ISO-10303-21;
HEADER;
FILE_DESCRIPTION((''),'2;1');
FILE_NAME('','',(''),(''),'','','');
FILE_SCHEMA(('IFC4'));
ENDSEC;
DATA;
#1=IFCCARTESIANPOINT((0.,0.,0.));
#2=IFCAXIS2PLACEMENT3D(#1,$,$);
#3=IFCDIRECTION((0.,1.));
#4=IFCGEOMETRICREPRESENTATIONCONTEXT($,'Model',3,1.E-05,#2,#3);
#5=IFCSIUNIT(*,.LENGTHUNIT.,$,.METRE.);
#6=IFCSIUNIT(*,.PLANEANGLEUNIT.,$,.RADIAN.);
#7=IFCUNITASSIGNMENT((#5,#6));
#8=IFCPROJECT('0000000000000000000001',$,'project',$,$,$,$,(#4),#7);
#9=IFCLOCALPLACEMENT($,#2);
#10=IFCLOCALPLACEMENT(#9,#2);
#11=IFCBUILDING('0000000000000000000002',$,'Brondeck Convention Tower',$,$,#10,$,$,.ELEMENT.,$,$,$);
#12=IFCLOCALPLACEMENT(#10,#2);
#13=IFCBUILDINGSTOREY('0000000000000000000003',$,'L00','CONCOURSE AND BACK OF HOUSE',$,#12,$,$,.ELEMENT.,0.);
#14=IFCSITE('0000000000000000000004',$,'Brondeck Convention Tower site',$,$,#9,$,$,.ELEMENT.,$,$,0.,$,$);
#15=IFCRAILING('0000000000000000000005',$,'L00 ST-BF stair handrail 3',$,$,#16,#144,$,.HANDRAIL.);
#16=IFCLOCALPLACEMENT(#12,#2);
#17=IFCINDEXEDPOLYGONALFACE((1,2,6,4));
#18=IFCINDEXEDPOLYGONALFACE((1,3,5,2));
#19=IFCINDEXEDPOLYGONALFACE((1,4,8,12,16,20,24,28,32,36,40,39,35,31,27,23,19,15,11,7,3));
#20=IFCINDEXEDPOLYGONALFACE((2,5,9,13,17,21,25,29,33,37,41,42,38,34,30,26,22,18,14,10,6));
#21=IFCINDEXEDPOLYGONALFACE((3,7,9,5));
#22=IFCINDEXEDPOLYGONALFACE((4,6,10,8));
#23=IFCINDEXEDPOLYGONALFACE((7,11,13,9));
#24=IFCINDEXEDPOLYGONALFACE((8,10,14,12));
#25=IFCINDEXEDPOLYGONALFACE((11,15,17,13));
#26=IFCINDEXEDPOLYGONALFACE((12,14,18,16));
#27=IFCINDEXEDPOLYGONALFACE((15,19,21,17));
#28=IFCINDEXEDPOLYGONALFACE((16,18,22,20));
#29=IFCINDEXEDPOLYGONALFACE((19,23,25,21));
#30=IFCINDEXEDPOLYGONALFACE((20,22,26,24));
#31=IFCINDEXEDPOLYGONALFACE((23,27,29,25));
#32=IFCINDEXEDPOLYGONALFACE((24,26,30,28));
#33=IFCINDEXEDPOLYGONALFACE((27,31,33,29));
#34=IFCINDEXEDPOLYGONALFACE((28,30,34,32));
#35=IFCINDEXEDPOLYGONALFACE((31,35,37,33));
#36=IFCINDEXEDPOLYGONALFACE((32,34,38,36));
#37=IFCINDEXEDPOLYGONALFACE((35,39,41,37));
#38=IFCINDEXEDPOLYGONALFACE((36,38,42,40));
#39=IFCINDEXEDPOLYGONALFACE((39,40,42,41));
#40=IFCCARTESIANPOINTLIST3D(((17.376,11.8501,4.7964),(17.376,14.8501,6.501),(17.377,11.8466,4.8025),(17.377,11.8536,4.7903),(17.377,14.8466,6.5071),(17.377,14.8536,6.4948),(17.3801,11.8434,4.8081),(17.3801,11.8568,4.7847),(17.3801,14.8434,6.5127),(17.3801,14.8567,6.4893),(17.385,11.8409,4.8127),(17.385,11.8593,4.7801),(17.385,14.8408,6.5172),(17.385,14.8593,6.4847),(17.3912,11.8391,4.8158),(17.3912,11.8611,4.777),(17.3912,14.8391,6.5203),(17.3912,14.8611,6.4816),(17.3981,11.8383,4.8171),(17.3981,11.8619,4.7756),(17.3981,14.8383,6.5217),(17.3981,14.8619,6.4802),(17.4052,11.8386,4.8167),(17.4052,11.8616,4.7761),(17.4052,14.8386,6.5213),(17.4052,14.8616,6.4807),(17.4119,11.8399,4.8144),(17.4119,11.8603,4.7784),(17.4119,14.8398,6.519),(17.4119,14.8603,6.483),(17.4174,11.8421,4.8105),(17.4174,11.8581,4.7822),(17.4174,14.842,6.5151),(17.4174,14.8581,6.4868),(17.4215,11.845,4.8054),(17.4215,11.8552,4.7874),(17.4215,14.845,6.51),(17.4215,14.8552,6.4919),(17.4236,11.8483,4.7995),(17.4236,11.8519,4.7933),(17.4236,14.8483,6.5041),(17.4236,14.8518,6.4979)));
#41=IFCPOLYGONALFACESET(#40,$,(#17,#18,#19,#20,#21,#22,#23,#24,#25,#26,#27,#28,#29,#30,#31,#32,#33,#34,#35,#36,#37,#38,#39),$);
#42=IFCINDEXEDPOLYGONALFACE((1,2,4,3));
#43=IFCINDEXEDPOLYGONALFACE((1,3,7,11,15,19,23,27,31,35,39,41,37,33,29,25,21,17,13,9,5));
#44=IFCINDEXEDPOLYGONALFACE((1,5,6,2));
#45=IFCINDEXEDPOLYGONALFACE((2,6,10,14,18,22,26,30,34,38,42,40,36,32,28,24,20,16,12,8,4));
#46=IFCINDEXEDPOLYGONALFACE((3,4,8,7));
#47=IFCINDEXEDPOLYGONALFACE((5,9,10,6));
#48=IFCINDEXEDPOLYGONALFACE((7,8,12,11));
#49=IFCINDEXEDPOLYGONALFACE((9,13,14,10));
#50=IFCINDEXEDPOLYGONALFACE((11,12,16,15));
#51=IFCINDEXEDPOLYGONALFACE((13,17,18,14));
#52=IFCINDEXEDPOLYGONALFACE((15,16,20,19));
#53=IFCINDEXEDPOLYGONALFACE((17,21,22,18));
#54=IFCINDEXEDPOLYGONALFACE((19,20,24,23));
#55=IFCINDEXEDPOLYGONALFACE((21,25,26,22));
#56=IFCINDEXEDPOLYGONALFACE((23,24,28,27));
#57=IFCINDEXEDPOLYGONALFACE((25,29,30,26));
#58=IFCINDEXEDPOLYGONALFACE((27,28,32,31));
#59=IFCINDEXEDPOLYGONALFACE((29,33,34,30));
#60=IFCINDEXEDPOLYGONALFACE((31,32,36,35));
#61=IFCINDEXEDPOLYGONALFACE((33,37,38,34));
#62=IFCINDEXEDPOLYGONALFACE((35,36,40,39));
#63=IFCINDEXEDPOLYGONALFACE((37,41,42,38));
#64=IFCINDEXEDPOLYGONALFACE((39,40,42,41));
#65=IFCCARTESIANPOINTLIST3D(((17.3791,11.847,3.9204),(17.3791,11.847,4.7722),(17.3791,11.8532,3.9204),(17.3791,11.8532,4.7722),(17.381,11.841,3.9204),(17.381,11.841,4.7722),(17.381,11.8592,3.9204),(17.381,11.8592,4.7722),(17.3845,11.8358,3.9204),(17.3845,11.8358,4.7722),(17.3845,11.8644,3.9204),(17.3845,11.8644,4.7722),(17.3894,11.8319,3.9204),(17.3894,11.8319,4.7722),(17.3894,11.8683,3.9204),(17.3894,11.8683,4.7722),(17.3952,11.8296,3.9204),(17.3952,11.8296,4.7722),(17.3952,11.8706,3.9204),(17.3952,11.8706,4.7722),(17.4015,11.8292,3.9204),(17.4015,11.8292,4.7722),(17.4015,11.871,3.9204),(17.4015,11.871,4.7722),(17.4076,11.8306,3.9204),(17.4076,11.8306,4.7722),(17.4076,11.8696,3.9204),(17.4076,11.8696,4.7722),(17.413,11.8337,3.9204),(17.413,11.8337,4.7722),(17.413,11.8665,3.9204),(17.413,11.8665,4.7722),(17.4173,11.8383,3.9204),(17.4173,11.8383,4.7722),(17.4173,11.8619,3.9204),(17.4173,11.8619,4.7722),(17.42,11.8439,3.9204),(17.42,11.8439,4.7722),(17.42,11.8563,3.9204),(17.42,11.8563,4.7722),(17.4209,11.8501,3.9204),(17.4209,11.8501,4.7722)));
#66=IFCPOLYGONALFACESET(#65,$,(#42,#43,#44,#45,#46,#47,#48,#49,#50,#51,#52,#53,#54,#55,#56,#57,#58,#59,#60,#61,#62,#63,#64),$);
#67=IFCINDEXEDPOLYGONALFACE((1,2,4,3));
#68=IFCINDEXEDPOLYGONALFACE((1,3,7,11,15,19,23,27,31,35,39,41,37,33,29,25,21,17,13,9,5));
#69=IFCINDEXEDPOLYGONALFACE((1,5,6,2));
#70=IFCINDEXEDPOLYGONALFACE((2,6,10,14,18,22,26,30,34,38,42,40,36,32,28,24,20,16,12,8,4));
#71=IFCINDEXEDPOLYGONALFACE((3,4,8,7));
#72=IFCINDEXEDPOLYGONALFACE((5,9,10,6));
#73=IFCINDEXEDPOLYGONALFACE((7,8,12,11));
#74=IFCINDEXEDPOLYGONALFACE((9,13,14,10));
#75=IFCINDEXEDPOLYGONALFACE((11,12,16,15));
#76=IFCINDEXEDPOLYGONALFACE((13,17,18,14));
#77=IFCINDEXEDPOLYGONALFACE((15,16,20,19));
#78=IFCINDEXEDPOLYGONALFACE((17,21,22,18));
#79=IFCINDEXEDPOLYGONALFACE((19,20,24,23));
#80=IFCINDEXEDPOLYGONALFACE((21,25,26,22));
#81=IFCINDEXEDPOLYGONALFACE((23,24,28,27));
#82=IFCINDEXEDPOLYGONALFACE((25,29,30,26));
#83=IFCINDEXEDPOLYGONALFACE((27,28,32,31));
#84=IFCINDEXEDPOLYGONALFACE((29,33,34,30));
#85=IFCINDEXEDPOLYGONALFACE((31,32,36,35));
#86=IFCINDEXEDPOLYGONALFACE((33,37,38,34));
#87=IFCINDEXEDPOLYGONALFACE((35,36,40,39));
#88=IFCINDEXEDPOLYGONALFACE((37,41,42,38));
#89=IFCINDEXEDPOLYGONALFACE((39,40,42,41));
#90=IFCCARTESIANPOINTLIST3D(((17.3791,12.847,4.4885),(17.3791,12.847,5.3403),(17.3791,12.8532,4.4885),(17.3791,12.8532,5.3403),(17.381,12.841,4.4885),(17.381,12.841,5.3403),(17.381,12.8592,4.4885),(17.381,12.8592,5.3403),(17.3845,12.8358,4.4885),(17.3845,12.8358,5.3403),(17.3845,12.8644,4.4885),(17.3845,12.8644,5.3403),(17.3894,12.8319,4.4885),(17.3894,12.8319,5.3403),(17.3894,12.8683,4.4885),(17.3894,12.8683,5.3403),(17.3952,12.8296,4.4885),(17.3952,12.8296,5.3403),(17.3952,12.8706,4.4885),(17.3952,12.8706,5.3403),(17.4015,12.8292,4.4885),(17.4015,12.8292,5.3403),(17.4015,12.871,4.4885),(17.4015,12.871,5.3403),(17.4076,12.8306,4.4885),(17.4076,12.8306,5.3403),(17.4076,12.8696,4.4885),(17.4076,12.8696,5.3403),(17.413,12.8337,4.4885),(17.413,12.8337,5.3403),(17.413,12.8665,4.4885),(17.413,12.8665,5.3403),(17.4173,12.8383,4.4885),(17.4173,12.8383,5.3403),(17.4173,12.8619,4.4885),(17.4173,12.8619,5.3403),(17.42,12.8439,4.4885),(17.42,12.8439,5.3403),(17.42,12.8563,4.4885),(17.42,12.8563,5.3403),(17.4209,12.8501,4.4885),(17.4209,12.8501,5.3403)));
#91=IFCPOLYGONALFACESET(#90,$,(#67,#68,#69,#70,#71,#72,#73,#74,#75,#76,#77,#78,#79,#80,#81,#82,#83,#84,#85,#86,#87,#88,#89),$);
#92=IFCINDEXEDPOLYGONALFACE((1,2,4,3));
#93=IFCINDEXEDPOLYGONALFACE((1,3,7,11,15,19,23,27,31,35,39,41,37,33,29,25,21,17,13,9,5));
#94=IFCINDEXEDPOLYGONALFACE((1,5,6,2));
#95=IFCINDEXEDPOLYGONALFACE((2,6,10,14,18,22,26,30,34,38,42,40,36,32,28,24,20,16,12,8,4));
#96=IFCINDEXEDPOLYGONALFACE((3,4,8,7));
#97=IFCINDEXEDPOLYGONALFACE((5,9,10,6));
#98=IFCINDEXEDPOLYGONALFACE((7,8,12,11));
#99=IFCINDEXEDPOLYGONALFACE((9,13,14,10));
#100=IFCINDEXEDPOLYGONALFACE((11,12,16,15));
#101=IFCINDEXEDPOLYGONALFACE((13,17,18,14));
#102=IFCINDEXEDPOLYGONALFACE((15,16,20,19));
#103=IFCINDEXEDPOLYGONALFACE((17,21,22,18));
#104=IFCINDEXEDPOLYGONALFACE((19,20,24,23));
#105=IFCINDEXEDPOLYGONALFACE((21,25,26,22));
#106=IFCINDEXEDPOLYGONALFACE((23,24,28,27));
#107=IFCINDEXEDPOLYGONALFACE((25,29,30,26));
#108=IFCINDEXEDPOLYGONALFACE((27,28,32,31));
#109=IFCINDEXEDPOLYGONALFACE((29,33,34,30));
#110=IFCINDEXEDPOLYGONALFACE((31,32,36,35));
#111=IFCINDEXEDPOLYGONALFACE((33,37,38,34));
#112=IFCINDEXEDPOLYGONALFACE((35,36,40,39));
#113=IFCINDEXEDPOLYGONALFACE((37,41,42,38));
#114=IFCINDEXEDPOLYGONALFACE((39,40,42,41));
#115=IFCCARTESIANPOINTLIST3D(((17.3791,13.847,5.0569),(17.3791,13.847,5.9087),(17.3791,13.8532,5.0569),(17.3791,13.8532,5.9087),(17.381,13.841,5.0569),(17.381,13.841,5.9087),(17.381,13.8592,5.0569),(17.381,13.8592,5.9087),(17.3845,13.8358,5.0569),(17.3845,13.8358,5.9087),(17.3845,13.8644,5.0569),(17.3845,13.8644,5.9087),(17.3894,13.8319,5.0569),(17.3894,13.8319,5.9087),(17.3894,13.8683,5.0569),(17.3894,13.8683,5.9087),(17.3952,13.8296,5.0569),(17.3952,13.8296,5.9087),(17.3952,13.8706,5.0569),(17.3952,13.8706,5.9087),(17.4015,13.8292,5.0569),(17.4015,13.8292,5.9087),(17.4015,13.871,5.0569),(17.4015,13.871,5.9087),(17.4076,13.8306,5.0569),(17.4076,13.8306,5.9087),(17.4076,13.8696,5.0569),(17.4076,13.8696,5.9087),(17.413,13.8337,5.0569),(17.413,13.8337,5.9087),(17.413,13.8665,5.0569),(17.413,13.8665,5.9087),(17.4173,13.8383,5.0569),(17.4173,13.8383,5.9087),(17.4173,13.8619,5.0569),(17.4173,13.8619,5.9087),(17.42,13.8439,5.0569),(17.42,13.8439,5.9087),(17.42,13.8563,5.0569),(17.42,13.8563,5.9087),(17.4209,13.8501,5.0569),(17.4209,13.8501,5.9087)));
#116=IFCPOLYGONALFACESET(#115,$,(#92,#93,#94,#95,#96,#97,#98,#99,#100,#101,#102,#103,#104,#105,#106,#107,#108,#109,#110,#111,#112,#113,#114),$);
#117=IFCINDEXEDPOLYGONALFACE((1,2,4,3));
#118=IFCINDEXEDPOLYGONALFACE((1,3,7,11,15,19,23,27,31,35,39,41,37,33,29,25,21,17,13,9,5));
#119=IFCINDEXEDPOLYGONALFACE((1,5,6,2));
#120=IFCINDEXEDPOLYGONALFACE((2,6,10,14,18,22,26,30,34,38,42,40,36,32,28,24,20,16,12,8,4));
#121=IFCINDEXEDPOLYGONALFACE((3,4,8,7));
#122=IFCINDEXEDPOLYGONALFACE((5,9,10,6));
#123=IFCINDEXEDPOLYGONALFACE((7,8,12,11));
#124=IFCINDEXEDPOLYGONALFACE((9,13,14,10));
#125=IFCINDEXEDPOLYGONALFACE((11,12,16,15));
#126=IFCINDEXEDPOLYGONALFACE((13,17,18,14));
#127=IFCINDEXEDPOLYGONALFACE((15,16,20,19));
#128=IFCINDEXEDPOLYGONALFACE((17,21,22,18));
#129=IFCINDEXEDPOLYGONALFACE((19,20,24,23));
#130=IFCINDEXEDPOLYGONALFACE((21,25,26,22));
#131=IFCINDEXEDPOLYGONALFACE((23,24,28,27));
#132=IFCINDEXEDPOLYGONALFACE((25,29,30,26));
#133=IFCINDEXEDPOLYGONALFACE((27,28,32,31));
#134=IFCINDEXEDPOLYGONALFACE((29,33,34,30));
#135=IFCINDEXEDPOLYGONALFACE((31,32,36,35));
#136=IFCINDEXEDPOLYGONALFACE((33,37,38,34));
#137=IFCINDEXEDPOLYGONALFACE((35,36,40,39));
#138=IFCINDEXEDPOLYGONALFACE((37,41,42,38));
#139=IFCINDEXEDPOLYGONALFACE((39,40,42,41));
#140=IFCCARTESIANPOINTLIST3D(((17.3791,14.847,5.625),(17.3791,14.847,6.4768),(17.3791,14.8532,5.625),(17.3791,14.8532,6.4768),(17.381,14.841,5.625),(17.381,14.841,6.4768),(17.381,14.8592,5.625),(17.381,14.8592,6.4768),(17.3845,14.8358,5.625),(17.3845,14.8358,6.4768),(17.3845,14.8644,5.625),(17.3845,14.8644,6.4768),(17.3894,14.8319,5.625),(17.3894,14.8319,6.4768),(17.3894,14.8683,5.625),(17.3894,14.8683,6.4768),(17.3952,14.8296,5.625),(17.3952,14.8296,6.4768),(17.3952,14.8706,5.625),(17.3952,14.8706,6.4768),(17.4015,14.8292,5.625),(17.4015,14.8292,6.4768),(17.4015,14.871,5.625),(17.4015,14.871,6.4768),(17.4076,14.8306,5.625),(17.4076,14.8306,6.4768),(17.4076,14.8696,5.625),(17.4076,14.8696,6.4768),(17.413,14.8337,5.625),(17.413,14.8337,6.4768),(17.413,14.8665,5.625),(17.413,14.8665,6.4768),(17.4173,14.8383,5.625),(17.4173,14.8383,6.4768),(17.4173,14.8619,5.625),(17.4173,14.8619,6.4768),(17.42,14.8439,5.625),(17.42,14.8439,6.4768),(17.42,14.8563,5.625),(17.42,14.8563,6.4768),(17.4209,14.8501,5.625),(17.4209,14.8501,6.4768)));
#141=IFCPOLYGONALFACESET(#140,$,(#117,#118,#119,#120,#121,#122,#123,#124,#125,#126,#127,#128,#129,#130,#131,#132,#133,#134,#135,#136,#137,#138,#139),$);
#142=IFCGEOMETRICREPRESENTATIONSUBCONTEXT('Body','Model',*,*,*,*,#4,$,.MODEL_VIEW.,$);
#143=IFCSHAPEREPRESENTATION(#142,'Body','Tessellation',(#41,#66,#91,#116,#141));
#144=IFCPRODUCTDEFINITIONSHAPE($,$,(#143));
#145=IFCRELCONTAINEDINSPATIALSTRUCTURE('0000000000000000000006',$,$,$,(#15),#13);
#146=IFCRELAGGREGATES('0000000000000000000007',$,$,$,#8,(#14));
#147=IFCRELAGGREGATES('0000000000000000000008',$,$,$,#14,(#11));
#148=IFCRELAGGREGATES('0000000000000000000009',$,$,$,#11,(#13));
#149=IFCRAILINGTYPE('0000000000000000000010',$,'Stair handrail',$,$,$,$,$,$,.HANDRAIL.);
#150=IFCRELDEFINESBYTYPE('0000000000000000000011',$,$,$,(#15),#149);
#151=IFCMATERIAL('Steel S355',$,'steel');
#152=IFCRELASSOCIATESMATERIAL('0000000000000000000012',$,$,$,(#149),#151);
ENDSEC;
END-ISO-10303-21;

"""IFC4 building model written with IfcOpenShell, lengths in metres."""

from ifc_helpers import new_model, si_unit, direction, frame, origin, origin_2d, place, context, subcontext, project, spatial, circle, extrude, material, type_object, element, save


model = new_model("IFC4")

# Units and contexts
model_context = context("Model", 3, precision=1e-05, world=origin(), true_north=direction((0.0, 1.0)))
body_context = subcontext(model_context, "Body", "Model", "MODEL_VIEW")
ifc_project = project(units=[si_unit("LENGTHUNIT", "METRE"), si_unit("PLANEANGLEUNIT", "RADIAN")], contexts=[model_context])

# Site, building, storey
site_placement = place(None, origin())
site = spatial("IfcSite", under=ifc_project, at=site_placement, Name="Brondeck Convention Tower site", CompositionType="ELEMENT", RefElevation=0.0)
building_placement = place(site_placement, origin())
building = spatial("IfcBuilding", under=site, at=building_placement, Name="Brondeck Convention Tower", CompositionType="ELEMENT")
storey_placement = place(building_placement, origin())
storey = spatial("IfcBuildingStorey", under=building, at=storey_placement, Name="L00", Description="CONCOURSE AND BACK OF HOUSE", CompositionType="ELEMENT", Elevation=0.0)

# Shared definitions
ifc_material_1 = material(Name="Steel S355", Category="steel")

# Railing
railing_type_1 = type_object("IfcRailingType", Name="Stair handrail", PredefinedType="HANDRAIL", material=ifc_material_1)
for number, where, name in (
    (1, (17.3999, 11.8501, 3.9204), "L00 ST-BF stair handrail 3"),
):
    element("IfcRailing", number, at=place(storey_placement, frame(where)), inside=storey, type_object=railing_type_1, Name=name, PredefinedType="HANDRAIL", context=body_context, shape_type="SweptSolid", body=[
        extrude(circle(Radius=0.0239, at=origin_2d()), frame((0.0, 0.0, 0.876), z_axis=(0.0, 0.869451, 0.494019), x_axis=(-1.0, 0.0, 0.0)), (0.0, 0.0, 1.0), 3.4504),
        extrude(circle(Radius=0.021, at=origin_2d()), origin(), (0.0, 0.0, 1.0), 0.8518),
        extrude(circle(Radius=0.021, at=origin_2d()), frame((0.0, 1.0, 0.5681)), (0.0, 0.0, 1.0), 0.8518),
        extrude(circle(Radius=0.021, at=origin_2d()), frame((0.0, 2.0, 1.1365)), (0.0, 0.0, 1.0), 0.8518),
        extrude(circle(Radius=0.021, at=origin_2d()), frame((0.0, 3.0, 1.7046)), (0.0, 0.0, 1.0), 0.8518),
    ])

save(model, "model.ifc")
